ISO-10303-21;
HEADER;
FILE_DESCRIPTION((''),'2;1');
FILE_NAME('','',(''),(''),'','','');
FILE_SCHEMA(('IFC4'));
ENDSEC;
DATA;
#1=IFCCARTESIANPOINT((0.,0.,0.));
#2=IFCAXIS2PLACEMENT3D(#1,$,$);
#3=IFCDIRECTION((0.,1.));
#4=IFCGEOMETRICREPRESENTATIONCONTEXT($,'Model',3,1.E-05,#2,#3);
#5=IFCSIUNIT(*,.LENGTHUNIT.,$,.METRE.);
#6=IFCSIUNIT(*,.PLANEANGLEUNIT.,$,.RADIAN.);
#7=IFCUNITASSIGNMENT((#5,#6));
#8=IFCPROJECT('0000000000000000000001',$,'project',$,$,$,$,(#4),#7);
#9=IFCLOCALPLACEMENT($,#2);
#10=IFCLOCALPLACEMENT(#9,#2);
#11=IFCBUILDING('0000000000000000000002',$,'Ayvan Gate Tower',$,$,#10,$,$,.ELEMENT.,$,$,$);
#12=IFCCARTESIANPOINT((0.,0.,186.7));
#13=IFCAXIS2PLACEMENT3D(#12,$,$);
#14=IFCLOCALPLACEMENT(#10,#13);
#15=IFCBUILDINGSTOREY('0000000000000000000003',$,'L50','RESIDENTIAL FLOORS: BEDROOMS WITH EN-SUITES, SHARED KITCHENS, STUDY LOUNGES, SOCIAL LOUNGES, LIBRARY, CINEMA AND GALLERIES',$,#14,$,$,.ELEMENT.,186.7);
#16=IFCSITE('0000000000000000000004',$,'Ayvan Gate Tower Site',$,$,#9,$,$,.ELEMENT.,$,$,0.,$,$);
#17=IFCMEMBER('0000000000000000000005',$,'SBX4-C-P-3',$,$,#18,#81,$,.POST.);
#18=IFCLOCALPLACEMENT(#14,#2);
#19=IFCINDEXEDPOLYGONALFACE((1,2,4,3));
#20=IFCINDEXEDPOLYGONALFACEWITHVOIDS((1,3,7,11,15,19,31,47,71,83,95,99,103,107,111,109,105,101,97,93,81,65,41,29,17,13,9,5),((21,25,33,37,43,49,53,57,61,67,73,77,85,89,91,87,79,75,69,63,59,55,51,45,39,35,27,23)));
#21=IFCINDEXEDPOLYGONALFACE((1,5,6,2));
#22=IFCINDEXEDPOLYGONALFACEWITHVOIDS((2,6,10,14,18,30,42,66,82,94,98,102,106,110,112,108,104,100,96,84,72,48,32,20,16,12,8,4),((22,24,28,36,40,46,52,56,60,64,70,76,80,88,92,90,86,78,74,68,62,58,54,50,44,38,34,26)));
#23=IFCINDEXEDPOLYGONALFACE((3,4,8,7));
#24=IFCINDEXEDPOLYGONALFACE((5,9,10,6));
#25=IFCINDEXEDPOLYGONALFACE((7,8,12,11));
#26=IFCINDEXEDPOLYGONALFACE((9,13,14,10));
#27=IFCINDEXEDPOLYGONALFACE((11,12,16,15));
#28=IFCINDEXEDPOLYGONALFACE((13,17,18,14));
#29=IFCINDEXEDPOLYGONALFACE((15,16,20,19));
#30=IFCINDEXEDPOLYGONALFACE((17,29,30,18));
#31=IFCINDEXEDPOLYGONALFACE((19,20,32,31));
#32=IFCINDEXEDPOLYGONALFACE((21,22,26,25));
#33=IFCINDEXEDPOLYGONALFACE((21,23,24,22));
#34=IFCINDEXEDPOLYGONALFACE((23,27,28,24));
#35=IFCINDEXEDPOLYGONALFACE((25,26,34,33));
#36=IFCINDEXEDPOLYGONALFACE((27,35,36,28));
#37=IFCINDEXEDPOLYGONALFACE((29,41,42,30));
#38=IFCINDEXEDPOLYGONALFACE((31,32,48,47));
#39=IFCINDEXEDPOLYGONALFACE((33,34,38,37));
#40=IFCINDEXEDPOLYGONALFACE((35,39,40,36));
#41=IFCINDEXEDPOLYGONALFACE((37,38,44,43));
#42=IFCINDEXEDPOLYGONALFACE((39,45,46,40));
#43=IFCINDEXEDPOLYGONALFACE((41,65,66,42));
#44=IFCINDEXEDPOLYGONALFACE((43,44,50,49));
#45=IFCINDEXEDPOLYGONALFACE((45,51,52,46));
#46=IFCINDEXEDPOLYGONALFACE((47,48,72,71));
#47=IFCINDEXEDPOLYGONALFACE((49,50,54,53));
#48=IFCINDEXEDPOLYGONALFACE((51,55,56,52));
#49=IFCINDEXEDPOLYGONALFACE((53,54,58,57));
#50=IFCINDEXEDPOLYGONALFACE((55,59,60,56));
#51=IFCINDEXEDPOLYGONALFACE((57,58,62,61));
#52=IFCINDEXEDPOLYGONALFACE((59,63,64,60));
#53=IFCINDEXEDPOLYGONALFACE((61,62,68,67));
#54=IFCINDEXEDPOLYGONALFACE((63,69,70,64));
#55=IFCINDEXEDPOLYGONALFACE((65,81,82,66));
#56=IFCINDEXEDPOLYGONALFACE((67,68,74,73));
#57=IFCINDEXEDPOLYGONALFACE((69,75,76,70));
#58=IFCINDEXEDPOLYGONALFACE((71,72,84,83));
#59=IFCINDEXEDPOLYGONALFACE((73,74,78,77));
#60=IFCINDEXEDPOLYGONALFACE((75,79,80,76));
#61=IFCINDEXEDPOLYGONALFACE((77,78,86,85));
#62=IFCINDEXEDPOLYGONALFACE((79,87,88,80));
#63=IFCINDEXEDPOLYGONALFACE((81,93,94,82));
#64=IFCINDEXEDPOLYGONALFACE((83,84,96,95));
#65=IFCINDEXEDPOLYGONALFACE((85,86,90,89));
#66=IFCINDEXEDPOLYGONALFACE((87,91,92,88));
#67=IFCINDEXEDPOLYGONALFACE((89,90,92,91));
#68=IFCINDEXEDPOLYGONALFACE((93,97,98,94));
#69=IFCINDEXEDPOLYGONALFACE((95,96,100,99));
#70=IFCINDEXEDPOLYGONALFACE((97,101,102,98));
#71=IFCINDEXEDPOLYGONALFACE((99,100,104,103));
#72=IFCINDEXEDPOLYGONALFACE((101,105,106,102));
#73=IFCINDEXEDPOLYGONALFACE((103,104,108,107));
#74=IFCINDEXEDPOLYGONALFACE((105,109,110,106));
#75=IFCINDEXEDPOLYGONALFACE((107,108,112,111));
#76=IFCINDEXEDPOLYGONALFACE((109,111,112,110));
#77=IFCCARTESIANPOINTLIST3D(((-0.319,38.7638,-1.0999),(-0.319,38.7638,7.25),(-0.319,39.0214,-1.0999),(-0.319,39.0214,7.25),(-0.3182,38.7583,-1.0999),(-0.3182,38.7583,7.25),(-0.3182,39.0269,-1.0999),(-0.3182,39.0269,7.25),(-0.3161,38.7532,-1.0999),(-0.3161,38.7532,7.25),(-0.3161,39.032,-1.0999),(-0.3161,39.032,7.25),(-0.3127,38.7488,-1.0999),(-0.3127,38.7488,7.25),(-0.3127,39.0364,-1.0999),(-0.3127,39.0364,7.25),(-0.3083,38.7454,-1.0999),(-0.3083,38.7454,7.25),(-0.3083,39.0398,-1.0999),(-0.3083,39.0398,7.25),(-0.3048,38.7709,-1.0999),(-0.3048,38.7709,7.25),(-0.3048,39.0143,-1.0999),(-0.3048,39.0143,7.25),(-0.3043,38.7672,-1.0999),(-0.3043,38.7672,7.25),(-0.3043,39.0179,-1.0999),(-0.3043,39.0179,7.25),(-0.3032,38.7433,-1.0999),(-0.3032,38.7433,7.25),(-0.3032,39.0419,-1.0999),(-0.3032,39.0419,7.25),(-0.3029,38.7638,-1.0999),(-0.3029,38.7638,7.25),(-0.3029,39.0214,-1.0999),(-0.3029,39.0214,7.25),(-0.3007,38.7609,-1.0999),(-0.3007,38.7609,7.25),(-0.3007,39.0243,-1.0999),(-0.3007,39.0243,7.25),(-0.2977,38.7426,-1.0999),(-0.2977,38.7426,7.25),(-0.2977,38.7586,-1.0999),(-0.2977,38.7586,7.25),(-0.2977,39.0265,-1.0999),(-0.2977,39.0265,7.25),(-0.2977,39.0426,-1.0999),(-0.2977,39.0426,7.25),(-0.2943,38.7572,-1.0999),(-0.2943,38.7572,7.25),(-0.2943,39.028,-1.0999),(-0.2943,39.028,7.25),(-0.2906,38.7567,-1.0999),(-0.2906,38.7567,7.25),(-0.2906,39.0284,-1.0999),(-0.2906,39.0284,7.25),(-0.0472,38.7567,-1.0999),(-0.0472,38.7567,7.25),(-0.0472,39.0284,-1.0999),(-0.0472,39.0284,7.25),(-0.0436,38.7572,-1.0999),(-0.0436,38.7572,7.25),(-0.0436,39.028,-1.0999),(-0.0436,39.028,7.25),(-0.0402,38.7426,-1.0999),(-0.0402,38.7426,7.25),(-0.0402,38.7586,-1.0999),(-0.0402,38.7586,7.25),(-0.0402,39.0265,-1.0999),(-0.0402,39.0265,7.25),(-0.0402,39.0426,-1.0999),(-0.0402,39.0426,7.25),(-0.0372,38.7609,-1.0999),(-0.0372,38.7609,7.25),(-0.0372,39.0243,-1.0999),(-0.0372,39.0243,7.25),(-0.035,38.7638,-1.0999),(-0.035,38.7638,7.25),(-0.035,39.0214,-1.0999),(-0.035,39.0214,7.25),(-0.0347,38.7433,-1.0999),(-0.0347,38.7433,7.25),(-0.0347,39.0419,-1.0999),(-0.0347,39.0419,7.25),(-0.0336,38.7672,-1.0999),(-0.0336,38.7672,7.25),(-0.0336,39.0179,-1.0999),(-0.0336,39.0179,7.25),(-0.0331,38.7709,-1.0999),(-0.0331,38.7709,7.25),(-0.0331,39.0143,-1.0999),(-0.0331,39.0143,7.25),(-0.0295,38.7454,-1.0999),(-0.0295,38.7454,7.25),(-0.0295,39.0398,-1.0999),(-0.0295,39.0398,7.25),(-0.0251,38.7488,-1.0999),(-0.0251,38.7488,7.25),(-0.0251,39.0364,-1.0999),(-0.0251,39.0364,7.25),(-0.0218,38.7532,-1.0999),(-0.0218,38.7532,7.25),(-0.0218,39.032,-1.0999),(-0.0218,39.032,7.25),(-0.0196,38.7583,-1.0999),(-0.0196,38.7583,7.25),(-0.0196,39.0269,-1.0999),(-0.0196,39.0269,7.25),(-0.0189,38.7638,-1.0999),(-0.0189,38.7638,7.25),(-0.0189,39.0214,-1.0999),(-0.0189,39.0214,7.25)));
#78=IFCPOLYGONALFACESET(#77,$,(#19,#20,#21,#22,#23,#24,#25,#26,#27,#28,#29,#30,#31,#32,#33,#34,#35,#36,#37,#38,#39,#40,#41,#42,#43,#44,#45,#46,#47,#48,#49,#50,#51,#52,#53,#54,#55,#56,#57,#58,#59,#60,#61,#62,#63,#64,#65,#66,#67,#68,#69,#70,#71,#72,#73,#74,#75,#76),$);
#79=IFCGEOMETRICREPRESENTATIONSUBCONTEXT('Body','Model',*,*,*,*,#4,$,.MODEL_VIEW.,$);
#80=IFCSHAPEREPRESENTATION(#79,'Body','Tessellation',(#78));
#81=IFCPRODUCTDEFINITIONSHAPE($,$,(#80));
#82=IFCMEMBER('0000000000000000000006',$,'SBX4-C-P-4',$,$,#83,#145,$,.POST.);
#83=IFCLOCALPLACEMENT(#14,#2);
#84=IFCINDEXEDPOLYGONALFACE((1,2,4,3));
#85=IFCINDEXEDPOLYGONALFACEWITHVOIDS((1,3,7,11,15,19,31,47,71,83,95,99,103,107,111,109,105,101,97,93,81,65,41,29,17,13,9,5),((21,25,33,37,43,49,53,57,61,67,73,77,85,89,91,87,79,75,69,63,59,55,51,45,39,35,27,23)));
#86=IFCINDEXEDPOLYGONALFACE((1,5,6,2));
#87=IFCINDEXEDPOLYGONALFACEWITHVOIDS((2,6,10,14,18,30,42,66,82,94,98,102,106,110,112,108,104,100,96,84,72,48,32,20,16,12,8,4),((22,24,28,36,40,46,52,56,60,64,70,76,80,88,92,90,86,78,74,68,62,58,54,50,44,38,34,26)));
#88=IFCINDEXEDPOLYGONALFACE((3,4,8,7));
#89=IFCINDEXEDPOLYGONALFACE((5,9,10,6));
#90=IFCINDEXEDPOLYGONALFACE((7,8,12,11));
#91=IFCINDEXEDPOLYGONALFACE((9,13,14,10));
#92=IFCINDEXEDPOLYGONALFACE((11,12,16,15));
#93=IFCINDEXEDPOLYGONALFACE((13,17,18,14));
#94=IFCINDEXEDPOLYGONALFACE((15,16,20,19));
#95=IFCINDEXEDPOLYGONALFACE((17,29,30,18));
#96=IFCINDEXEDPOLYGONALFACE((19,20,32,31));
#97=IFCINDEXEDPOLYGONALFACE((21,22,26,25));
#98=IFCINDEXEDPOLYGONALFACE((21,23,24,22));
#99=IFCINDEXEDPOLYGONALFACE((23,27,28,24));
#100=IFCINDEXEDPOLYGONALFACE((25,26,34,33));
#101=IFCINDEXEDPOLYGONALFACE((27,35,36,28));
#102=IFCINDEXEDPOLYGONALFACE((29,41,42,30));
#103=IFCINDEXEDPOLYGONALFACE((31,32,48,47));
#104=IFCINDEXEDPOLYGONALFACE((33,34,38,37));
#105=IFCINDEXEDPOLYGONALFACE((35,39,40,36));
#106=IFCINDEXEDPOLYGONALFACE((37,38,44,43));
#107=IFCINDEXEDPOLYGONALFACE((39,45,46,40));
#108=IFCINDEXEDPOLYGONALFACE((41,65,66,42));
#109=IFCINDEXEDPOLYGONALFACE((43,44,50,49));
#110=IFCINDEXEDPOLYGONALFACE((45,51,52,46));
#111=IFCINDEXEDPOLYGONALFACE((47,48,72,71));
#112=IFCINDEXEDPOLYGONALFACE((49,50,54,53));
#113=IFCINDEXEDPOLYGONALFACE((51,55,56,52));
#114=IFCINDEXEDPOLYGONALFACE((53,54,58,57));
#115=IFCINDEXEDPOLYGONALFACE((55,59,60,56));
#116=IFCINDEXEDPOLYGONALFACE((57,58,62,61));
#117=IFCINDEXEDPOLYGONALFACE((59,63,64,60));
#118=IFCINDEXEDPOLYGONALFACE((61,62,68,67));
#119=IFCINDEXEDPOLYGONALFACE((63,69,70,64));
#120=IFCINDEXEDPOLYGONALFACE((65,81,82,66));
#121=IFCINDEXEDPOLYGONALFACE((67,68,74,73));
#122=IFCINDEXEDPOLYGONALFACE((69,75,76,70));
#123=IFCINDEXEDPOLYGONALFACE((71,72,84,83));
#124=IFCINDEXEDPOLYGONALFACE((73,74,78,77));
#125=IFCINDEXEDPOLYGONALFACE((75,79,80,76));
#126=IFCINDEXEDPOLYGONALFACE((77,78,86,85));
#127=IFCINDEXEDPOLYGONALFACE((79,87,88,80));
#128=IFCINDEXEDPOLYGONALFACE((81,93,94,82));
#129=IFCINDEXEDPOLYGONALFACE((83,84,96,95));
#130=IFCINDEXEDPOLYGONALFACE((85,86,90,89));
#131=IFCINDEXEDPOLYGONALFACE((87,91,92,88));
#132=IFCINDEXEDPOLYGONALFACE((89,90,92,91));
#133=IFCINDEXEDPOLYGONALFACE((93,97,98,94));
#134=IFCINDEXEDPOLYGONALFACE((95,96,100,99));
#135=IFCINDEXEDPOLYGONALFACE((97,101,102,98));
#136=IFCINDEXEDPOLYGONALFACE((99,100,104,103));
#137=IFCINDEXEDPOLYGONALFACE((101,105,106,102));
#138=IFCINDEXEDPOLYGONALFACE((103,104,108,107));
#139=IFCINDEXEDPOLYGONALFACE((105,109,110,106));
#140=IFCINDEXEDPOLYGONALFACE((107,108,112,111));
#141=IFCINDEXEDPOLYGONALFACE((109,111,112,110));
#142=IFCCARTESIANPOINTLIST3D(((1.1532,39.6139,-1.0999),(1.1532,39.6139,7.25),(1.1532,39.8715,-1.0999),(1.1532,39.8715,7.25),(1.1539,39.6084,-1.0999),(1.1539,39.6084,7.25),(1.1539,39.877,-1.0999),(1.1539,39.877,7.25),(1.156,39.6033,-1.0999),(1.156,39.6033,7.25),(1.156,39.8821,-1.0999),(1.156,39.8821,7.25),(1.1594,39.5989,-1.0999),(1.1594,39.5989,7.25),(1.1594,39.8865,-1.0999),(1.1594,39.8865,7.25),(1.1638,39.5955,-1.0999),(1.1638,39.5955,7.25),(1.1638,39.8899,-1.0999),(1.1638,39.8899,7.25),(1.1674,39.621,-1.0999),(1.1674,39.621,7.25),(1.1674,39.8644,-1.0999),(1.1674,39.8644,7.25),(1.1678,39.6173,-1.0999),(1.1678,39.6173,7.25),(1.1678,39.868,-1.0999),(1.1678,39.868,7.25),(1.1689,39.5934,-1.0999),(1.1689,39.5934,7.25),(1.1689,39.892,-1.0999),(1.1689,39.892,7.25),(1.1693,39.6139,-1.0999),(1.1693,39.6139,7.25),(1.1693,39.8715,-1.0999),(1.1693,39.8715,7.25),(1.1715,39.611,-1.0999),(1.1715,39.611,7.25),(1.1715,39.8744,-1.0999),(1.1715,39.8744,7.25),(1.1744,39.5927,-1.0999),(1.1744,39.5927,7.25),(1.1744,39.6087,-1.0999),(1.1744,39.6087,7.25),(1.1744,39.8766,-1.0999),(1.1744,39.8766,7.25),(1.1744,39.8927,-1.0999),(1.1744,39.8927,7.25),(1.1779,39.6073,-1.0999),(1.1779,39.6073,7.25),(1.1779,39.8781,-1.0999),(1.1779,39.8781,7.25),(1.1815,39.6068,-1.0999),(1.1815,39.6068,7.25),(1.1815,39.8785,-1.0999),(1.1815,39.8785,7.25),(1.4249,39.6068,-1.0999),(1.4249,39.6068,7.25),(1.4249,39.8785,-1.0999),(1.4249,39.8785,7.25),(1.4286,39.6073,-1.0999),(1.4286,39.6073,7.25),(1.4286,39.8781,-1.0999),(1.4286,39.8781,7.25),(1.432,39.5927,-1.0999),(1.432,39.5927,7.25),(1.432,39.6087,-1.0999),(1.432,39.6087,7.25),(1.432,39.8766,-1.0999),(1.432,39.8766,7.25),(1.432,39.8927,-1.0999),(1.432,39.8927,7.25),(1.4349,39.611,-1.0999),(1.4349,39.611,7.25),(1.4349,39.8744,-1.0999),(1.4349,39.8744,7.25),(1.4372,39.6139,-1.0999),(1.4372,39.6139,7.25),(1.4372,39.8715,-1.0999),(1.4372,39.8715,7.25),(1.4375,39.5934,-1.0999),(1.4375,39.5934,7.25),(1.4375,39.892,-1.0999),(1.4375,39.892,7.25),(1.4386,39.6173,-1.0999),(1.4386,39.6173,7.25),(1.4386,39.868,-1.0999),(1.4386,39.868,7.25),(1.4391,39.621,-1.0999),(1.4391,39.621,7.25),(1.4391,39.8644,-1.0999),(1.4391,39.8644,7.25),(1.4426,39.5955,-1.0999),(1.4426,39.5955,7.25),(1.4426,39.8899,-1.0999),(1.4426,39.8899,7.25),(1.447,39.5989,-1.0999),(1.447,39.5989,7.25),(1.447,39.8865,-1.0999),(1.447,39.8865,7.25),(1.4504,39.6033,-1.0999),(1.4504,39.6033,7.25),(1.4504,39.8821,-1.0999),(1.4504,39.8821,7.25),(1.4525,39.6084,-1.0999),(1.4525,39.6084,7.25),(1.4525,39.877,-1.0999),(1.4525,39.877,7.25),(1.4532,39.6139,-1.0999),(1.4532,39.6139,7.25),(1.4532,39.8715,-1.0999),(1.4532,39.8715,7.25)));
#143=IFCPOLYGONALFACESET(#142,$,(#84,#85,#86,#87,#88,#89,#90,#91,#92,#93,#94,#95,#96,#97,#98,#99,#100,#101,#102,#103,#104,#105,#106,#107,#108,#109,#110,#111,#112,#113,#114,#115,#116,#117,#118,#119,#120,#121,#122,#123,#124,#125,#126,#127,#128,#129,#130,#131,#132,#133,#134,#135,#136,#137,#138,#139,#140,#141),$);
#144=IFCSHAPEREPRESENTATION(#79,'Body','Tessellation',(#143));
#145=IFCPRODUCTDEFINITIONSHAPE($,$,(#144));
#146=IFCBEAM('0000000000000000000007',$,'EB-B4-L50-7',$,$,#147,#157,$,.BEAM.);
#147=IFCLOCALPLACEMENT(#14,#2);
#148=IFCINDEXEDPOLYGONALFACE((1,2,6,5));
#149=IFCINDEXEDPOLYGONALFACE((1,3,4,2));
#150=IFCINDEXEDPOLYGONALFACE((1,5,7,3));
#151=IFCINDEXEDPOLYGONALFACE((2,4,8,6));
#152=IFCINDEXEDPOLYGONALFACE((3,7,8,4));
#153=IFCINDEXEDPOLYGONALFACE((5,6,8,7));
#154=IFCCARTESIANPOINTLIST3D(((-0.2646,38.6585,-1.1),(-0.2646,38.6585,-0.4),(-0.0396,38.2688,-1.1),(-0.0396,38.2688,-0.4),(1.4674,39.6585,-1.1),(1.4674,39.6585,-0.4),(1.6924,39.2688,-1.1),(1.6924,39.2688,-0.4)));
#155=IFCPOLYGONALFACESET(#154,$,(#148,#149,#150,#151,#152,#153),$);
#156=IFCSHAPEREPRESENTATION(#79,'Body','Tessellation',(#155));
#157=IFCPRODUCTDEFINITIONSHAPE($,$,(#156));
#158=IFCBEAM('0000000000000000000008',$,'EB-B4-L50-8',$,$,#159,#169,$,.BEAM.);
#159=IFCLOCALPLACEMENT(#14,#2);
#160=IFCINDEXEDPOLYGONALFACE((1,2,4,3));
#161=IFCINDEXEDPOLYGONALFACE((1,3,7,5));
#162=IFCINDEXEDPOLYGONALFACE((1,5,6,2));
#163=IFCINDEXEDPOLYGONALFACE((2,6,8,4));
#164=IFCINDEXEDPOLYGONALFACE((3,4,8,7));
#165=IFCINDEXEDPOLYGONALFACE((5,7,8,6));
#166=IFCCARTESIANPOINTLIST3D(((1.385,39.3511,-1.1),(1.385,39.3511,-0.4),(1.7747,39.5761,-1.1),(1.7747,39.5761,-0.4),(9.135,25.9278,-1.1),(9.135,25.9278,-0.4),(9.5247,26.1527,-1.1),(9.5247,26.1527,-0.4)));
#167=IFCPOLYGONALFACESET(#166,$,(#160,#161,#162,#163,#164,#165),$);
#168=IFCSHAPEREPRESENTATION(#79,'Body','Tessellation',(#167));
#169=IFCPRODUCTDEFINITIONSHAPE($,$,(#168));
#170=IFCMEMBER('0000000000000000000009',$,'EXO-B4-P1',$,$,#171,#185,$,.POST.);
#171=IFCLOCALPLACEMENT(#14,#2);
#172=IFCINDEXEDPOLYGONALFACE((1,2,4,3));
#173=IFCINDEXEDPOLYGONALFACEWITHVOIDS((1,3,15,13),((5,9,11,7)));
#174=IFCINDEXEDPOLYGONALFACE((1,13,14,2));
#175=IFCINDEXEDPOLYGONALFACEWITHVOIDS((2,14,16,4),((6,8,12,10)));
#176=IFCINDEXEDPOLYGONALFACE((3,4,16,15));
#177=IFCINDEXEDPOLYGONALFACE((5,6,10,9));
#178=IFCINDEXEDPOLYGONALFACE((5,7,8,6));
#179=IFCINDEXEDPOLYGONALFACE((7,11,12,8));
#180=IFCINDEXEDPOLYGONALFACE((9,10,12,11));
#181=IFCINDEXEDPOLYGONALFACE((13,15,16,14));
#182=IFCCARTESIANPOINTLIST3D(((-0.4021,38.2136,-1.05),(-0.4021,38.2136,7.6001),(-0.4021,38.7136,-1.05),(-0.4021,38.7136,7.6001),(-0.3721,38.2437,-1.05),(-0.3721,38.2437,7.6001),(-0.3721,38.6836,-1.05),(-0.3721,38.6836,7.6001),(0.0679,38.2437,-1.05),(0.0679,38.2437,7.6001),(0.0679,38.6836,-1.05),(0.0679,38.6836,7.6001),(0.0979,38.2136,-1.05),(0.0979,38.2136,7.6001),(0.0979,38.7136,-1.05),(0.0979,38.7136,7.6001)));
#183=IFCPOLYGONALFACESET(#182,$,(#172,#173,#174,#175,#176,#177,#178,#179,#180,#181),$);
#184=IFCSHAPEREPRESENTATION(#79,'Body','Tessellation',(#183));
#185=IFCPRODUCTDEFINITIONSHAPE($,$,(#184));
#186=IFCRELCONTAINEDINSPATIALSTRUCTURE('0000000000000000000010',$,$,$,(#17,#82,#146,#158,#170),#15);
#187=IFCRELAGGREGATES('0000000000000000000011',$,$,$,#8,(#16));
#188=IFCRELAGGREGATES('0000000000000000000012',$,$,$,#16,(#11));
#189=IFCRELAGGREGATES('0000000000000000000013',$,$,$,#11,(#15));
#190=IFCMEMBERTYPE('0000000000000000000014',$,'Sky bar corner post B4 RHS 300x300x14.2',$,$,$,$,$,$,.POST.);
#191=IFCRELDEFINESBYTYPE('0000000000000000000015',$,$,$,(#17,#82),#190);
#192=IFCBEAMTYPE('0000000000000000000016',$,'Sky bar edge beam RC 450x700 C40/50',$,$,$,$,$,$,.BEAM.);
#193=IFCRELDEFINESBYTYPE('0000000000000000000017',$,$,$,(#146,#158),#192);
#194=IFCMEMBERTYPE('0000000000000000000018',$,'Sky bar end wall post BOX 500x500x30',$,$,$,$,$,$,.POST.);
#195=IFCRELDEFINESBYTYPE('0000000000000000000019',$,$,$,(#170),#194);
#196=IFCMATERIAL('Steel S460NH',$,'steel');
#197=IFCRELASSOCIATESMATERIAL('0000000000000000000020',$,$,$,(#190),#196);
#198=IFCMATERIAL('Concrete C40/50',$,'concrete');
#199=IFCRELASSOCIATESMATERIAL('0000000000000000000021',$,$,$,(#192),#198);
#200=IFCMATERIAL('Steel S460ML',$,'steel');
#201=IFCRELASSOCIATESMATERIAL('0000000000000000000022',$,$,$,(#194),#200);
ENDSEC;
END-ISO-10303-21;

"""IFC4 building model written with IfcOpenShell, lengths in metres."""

from ifc_helpers import new_model, si_unit, direction, frame, origin, origin_2d, place, context, subcontext, project, spatial, rectangle, hollow_rectangle, extrude, material, material_profile, profile_set, type_object, element, save


model = new_model("IFC4")

# Units and contexts
model_context = context("Model", 3, precision=1e-05, world=origin(), true_north=direction((0.0, 1.0)))
body_context = subcontext(model_context, "Body", "Model", "MODEL_VIEW")
ifc_project = project(units=[si_unit("LENGTHUNIT", "METRE"), si_unit("PLANEANGLEUNIT", "RADIAN")], contexts=[model_context])

# Site, building, storey
site_placement = place(None, origin())
site = spatial("IfcSite", under=ifc_project, at=site_placement, Name="Ayvan Gate Tower Site", CompositionType="ELEMENT", RefElevation=0.0)
building_placement = place(site_placement, origin())
building = spatial("IfcBuilding", under=site, at=building_placement, Name="Ayvan Gate Tower", CompositionType="ELEMENT")
storey_placement = place(building_placement, frame((0.0, 0.0, 186.7)))
storey = spatial("IfcBuildingStorey", under=building, at=storey_placement, Name="L50", Description="RESIDENTIAL FLOORS: BEDROOMS WITH EN-SUITES, SHARED KITCHENS, STUDY LOUNGES, SOCIAL LOUNGES, LIBRARY, CINEMA AND GALLERIES", CompositionType="ELEMENT", Elevation=186.7)

# Members
ifc_material_1 = material(Name="Steel S460NH", Category="steel")
ifc_material_profile_1 = material_profile(ifc_material_1, hollow_rectangle(XDim=0.3, YDim=0.3, WallThickness=0.0142, InnerFilletRadius=0.0142, OuterFilletRadius=0.0212, at=origin_2d()), Name="RHS 300x300x14.2")
ifc_profile_set_1 = profile_set([ifc_material_profile_1], Name="Steel S460NH")
member_type_1 = type_object("IfcMemberType", Name="Sky bar corner post B4 RHS 300x300x14.2", PredefinedType="POST", material=ifc_profile_set_1)
for number, where, z_axis, x_axis, name in (
    (1, (-0.1689, 38.8926, -1.0999), (0.0, 0.0, 1.0), (1.0, 0.0, 0.0), "SBX4-C-P-3"),
    (2, (1.3032, 39.7427, -1.0999), (0.0, 0.0, 1.0), (1.0, 0.0, 0.0), "SBX4-C-P-4"),
):
    element("IfcMember", number, at=place(storey_placement, frame(where, z_axis=z_axis, x_axis=x_axis)), inside=storey, type_object=member_type_1, Name=name, PredefinedType="POST", context=body_context, shape_type="SweptSolid", body=[
        extrude(hollow_rectangle(XDim=0.3, YDim=0.3, WallThickness=0.0142, InnerFilletRadius=0.0142, OuterFilletRadius=0.0212, at=origin_2d()), origin(), (0.0, 0.0, 1.0), 8.3499),
    ])

# Beams
ifc_material_2 = material(Name="Concrete C40/50", Category="concrete")
ifc_material_profile_2 = material_profile(ifc_material_2, rectangle(XDim=0.45, YDim=0.7, at=origin_2d()), Name="RC 450x700")
ifc_profile_set_2 = profile_set([ifc_material_profile_2], Name="Concrete C40/50")
beam_type = type_object("IfcBeamType", Name="Sky bar edge beam RC 450x700 C40/50", PredefinedType="BEAM", material=ifc_profile_set_2)
beam_1_placement = place(storey_placement, frame((-0.1521, 38.4636, -0.75), z_axis=(0.866011, 0.500025, 0.0), x_axis=(-0.500025, 0.866011, 0.0)))
element("IfcBeam", 3, at=beam_1_placement, inside=storey, type_object=beam_type, Name="EB-B4-L50-7", PredefinedType="BEAM", context=body_context, shape_type="SweptSolid", body=[
    extrude(rectangle(XDim=0.45, YDim=0.7, at=origin_2d()), origin(), (0.0, 0.0, 1.0), 2.0),
])
beam_2_placement = place(storey_placement, frame((1.5798, 39.4636, -0.75), z_axis=(0.500002, -0.866025, 0.0), x_axis=(0.866025, 0.500002, 0.0)))
element("IfcBeam", 4, at=beam_2_placement, inside=storey, type_object=beam_type, Name="EB-B4-L50-8", PredefinedType="BEAM", context=body_context, shape_type="SweptSolid", body=[
    extrude(rectangle(XDim=0.45, YDim=0.7, at=origin_2d()), origin(), (0.0, 0.0, 1.0), 15.5),
])

# Member
ifc_material_3 = material(Name="Steel S460ML", Category="steel")
ifc_material_profile_3 = material_profile(ifc_material_3, hollow_rectangle(XDim=0.5, YDim=0.5, WallThickness=0.03, at=origin_2d()), Name="BOX 500x500x30")
ifc_profile_set_3 = profile_set([ifc_material_profile_3], Name="Steel S460ML")
member_type_2 = type_object("IfcMemberType", Name="Sky bar end wall post BOX 500x500x30", PredefinedType="POST", material=ifc_profile_set_3)
member_1_placement = place(storey_placement, frame((-0.1521, 38.4636, -1.05), z_axis=(0.0, 0.0, 1.0), x_axis=(1.0, 0.0, 0.0)))
element("IfcMember", 5, at=member_1_placement, inside=storey, type_object=member_type_2, Name="EXO-B4-P1", PredefinedType="POST", context=body_context, shape_type="SweptSolid", body=[
    extrude(hollow_rectangle(XDim=0.5, YDim=0.5, WallThickness=0.03, at=origin_2d()), origin(), (0.0, 0.0, 1.0), 8.6501),
])

save(model, "model.ifc")
